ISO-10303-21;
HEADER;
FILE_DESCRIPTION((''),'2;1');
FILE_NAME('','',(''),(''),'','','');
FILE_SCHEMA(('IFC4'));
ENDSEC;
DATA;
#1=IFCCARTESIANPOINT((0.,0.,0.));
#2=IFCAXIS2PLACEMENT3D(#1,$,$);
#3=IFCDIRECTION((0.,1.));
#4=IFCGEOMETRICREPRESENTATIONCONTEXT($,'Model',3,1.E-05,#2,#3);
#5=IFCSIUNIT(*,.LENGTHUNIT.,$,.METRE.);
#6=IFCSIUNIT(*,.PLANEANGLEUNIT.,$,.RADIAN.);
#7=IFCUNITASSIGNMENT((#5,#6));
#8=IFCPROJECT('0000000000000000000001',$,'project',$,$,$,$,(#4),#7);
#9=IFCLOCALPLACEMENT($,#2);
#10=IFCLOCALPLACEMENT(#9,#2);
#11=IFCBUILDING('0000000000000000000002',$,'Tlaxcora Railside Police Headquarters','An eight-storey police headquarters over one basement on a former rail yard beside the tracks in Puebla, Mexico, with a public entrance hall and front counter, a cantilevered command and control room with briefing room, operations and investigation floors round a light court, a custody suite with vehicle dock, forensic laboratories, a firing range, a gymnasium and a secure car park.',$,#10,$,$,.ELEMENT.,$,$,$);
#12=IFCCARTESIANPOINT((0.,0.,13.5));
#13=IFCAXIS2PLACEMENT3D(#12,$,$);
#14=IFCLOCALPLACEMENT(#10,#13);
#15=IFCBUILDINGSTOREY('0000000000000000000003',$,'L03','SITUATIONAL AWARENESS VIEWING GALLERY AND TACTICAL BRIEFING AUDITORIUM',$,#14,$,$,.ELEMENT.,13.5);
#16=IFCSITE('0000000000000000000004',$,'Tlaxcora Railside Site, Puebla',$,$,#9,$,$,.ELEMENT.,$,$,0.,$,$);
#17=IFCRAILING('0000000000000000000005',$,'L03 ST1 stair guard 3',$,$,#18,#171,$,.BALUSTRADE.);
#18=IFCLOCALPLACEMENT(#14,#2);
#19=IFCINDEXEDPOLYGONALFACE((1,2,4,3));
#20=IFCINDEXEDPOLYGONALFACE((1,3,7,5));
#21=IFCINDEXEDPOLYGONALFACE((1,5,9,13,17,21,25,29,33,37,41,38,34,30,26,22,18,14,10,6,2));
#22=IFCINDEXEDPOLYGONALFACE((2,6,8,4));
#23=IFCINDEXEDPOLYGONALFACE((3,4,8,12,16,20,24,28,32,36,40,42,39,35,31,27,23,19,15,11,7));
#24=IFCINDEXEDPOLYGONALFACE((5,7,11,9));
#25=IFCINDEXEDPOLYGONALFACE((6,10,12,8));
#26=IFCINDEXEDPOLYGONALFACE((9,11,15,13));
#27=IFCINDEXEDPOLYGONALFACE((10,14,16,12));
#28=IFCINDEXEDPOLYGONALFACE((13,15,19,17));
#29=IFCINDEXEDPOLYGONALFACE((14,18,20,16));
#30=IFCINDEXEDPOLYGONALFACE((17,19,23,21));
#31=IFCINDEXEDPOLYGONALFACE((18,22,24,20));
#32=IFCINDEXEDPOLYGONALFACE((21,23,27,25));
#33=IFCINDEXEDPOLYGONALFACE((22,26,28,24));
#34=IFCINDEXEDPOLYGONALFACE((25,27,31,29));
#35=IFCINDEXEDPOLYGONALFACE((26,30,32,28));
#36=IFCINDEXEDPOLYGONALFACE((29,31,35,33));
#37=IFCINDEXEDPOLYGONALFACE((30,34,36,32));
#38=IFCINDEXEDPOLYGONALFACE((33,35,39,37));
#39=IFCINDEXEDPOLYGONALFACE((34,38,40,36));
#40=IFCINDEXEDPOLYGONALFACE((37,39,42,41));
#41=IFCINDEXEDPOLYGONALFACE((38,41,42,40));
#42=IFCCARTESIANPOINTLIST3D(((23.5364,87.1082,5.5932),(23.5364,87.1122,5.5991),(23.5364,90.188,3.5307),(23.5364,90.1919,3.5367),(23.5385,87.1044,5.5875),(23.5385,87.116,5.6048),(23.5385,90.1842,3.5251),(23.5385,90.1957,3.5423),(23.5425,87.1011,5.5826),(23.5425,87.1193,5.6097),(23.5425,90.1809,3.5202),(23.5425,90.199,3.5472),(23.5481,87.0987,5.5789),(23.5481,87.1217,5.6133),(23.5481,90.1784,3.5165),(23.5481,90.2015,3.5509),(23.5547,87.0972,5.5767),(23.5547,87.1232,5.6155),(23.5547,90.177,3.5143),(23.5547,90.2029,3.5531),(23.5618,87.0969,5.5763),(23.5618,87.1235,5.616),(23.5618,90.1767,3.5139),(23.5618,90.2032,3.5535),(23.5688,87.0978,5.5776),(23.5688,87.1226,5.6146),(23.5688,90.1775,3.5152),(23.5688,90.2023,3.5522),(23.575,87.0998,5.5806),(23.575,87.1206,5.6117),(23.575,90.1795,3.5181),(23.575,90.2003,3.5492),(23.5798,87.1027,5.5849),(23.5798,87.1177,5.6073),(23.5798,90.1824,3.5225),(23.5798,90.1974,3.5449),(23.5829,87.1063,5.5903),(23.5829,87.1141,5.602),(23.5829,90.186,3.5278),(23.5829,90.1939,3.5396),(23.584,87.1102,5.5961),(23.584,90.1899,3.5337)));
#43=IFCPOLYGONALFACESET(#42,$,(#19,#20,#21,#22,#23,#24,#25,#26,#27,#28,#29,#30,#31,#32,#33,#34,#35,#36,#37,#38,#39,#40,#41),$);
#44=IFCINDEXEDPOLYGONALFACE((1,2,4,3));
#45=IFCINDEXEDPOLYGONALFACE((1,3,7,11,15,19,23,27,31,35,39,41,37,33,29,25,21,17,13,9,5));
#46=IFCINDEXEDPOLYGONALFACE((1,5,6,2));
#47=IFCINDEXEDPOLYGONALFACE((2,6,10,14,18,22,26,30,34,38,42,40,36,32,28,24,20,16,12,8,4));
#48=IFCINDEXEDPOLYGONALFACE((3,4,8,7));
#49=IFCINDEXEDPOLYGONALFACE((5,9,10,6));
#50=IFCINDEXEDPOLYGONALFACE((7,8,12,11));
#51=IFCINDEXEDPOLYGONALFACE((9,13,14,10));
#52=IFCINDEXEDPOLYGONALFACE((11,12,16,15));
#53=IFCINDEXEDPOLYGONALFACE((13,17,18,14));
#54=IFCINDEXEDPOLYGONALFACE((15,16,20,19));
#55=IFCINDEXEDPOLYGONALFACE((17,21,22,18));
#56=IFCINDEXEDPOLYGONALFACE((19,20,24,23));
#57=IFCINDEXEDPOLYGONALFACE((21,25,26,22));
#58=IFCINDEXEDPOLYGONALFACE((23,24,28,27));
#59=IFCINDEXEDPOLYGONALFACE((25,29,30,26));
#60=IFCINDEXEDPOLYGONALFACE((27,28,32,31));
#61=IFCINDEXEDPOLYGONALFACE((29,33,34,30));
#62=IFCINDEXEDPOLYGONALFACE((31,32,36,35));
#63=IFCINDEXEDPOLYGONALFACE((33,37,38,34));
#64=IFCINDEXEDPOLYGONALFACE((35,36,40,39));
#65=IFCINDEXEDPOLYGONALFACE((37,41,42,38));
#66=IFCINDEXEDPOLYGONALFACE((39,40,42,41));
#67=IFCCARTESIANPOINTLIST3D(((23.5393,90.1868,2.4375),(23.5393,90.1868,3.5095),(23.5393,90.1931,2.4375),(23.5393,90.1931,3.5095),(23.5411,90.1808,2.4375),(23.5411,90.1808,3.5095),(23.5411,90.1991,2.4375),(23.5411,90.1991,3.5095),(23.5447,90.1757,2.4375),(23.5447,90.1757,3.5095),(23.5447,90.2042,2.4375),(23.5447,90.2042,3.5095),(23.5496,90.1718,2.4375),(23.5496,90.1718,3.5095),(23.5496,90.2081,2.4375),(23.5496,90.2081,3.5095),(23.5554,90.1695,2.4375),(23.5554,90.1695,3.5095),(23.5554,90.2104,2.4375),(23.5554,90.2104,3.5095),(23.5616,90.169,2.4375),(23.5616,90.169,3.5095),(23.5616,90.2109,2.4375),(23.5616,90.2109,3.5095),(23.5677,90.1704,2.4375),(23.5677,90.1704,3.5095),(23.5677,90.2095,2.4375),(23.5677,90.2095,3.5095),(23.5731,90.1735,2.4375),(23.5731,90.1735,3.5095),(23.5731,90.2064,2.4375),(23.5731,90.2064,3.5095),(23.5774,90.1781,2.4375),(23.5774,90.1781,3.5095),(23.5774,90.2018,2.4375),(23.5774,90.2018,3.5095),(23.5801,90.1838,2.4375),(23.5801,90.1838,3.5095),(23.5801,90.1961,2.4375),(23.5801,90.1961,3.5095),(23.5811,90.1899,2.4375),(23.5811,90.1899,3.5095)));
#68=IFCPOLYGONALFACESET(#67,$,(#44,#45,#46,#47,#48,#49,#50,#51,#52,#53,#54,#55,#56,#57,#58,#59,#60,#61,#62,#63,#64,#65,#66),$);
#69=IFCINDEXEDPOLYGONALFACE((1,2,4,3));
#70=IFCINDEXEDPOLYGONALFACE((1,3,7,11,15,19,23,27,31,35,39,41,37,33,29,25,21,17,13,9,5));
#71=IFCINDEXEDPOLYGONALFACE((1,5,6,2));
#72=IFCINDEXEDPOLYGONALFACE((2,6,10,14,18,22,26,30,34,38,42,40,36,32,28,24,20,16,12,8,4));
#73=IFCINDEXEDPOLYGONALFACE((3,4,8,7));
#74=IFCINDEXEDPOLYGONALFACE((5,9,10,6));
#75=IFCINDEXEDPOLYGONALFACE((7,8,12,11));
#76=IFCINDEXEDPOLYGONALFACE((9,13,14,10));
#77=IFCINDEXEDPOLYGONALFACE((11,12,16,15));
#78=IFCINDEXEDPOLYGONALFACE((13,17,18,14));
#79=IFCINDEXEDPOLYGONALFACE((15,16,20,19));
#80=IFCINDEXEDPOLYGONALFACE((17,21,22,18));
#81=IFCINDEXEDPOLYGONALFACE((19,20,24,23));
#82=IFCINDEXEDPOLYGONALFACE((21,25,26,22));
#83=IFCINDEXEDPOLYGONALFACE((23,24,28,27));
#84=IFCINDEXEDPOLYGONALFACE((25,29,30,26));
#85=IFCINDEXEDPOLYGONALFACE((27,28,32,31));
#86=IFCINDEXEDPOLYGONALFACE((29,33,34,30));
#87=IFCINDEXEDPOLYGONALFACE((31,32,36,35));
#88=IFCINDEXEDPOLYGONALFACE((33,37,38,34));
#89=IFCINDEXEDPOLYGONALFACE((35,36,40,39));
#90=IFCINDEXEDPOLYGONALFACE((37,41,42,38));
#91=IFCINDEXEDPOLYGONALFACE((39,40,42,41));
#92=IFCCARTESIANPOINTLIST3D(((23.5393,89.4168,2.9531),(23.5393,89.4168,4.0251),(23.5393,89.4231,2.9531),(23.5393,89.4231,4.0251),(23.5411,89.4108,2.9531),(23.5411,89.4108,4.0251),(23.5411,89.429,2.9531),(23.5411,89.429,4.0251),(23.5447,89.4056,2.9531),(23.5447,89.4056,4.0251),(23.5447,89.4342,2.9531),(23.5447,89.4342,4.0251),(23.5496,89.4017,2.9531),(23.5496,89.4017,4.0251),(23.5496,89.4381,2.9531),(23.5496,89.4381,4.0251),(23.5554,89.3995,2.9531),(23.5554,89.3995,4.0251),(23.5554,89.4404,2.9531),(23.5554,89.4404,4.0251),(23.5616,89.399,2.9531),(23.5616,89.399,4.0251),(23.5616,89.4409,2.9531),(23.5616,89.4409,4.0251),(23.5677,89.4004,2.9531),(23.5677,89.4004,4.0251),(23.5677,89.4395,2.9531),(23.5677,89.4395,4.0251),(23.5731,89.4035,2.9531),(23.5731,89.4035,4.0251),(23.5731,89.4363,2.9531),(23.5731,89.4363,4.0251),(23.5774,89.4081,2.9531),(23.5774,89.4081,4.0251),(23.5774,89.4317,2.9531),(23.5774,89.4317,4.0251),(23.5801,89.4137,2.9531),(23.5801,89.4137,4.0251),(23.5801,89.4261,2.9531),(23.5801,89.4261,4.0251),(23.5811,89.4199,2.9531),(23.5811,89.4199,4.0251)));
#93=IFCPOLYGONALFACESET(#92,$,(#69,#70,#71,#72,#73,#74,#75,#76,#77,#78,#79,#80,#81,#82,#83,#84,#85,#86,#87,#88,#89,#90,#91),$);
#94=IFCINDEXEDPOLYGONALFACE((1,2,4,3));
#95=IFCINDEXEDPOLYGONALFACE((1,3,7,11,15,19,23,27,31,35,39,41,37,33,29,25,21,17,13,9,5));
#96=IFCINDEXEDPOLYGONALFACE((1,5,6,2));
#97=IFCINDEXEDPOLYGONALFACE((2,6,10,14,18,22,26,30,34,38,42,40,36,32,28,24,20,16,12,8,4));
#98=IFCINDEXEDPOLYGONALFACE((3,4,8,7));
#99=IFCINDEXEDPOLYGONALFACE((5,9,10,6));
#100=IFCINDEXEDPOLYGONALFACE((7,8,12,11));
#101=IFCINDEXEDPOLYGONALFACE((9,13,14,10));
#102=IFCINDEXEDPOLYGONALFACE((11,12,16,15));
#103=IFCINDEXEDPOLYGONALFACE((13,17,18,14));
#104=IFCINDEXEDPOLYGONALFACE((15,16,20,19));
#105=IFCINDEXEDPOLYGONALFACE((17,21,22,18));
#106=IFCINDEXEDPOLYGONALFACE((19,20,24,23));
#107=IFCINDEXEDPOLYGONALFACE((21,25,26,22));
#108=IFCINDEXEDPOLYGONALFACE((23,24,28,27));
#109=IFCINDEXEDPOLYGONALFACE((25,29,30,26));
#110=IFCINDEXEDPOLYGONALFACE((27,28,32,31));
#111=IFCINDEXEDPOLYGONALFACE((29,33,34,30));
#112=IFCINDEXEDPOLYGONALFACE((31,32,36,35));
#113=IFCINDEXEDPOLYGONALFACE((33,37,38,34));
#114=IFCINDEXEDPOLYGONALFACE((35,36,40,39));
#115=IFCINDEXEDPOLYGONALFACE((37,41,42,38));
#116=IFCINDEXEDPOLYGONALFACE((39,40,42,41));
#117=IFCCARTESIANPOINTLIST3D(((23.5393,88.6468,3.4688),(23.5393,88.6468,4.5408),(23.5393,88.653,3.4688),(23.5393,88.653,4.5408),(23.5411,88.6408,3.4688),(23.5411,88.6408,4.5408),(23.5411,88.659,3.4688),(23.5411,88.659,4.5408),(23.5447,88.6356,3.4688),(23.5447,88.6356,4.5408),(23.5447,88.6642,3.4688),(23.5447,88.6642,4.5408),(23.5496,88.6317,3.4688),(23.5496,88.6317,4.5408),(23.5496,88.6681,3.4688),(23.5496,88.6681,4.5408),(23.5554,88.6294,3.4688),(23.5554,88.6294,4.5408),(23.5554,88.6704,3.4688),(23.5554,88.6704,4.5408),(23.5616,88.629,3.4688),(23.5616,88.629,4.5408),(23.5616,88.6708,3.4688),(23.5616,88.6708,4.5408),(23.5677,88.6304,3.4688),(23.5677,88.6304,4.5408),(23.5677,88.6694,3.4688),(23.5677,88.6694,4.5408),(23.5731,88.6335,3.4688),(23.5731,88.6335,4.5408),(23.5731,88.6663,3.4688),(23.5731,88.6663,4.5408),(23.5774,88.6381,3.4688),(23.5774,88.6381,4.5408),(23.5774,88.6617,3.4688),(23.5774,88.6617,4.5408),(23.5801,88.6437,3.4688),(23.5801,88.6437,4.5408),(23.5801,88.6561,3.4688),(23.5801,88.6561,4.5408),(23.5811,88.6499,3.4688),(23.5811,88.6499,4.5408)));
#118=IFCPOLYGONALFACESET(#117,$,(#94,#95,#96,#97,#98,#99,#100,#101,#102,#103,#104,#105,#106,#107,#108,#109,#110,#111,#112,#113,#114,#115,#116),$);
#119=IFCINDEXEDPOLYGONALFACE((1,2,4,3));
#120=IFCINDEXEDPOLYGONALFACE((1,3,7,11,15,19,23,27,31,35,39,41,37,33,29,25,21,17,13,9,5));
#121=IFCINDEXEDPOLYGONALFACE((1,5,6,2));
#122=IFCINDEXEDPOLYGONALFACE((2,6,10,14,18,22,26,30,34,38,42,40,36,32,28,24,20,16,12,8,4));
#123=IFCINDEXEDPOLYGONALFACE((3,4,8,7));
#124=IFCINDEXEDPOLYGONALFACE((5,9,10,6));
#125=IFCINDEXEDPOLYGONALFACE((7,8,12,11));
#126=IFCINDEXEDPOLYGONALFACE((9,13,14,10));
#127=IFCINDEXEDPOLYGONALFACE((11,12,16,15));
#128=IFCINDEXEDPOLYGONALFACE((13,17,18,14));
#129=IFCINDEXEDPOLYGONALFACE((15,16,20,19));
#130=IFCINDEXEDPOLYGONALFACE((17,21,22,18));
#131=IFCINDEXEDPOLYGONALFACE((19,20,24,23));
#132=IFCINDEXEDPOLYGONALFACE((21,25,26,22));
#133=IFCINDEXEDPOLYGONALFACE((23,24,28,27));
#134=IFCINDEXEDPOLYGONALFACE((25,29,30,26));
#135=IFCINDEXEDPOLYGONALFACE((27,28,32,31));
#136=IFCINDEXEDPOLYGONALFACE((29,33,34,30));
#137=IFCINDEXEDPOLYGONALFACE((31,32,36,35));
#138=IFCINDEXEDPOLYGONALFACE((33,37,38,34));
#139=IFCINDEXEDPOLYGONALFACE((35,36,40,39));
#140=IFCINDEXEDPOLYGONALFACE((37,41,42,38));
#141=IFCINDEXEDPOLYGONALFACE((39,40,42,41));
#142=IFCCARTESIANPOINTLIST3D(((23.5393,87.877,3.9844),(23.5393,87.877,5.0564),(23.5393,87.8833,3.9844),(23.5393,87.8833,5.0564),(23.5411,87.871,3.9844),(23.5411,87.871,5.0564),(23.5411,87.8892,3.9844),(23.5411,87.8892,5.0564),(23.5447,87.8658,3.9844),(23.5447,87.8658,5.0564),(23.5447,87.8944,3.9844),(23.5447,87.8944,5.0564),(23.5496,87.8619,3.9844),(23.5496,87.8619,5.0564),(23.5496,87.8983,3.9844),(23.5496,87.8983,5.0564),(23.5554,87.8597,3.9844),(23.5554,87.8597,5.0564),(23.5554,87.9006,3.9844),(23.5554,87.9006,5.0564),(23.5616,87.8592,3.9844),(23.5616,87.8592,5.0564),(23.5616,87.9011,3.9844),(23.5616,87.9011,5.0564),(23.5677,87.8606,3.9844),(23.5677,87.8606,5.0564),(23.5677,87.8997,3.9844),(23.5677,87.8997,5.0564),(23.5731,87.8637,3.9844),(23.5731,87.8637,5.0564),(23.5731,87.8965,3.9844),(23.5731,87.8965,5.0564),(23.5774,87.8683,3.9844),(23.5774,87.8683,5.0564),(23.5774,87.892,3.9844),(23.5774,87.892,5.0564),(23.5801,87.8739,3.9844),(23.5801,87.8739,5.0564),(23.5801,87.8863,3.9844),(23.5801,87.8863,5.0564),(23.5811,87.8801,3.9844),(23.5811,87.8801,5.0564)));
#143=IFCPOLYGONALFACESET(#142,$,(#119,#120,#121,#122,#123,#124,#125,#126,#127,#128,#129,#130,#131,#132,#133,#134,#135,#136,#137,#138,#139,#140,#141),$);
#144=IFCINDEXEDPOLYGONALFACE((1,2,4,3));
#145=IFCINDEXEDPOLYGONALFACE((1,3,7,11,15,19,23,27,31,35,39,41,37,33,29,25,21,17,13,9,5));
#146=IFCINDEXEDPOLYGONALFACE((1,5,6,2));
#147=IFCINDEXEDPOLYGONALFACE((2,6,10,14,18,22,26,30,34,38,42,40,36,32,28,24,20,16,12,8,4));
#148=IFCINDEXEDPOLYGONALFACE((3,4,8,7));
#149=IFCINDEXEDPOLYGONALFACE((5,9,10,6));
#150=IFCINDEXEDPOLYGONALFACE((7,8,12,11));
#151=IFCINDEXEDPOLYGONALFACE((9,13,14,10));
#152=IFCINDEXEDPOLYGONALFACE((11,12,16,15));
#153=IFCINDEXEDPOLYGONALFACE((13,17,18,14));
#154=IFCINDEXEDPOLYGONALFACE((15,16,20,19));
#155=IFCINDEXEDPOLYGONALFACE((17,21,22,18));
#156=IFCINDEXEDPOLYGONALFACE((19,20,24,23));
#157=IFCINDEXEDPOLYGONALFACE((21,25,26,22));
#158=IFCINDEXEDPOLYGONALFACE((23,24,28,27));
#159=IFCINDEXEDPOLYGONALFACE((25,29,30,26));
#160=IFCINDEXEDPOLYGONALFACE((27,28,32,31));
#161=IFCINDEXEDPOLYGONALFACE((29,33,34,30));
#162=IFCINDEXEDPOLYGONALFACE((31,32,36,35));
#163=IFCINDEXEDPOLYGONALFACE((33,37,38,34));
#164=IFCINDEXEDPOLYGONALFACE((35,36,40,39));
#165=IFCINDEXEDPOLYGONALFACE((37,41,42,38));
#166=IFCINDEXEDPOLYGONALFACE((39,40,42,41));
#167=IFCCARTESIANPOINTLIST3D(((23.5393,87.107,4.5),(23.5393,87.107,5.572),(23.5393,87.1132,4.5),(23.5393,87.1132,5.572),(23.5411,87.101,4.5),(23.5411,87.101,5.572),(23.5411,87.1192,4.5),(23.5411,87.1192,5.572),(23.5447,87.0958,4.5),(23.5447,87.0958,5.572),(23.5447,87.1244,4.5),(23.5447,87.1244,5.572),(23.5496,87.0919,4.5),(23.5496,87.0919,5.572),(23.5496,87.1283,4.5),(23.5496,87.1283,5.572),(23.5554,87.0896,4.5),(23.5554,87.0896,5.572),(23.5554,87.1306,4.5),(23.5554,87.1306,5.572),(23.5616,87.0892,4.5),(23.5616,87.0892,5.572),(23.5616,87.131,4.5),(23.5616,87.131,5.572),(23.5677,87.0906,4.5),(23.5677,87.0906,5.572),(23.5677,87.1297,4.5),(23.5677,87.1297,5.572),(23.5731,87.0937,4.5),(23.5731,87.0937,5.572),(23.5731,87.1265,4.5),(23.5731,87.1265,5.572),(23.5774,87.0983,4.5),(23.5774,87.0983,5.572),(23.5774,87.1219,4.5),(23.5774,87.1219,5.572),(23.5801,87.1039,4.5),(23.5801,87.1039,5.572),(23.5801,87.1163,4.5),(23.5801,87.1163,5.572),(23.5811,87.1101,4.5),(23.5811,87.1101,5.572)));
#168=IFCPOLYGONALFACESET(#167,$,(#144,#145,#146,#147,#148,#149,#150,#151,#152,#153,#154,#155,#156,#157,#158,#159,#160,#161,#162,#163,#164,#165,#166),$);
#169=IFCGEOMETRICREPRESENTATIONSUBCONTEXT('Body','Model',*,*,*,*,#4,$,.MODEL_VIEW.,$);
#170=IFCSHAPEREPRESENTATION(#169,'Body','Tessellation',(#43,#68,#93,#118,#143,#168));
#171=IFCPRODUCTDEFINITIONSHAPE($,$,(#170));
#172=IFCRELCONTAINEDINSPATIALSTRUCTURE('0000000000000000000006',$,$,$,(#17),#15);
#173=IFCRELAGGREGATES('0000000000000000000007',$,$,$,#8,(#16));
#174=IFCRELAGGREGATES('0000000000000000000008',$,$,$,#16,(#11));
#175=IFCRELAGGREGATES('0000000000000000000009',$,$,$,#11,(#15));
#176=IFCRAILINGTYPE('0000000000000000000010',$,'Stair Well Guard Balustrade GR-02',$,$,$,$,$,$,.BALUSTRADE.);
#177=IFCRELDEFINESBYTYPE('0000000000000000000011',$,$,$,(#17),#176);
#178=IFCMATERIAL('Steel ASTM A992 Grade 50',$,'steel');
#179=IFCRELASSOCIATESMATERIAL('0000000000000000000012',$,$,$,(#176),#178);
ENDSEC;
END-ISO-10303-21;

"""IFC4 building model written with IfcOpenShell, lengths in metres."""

from ifc_helpers import new_model, si_unit, direction, frame, origin, origin_2d, place, context, subcontext, project, spatial, circle, extrude, material, type_object, element, save


model = new_model("IFC4")

# Units and contexts
model_context = context("Model", 3, precision=1e-05, world=origin(), true_north=direction((0.0, 1.0)))
body_context = subcontext(model_context, "Body", "Model", "MODEL_VIEW")
ifc_project = project(units=[si_unit("LENGTHUNIT", "METRE"), si_unit("PLANEANGLEUNIT", "RADIAN")], contexts=[model_context])

# Site, building, storey
site_placement = place(None, origin())
site = spatial("IfcSite", under=ifc_project, at=site_placement, Name="Tlaxcora Railside Site, Puebla", CompositionType="ELEMENT", RefElevation=0.0)
building_placement = place(site_placement, origin())
building = spatial("IfcBuilding", under=site, at=building_placement, Name="Tlaxcora Railside Police Headquarters", Description="An eight-storey police headquarters over one basement on a former rail yard beside the tracks in Puebla, Mexico, with a public entrance hall and front counter, a cantilevered command and control room with briefing room, operations and investigation floors round a light court, a custody suite with vehicle dock, forensic laboratories, a firing range, a gymnasium and a secure car park.", CompositionType="ELEMENT")
storey_placement = place(building_placement, frame((0.0, 0.0, 13.5)))
storey = spatial("IfcBuildingStorey", under=building, at=storey_placement, Name="L03", Description="SITUATIONAL AWARENESS VIEWING GALLERY AND TACTICAL BRIEFING AUDITORIUM", CompositionType="ELEMENT", Elevation=13.5)

# Shared definitions
ifc_material_1 = material(Name="Steel ASTM A992 Grade 50", Category="steel")

# Railing
railing_type_1 = type_object("IfcRailingType", Name="Stair Well Guard Balustrade GR-02", PredefinedType="BALUSTRADE", material=ifc_material_1)
railing_1_placement = place(storey_placement, frame((23.5601, 90.1899, 2.4375)))
element("IfcRailing", 1, at=railing_1_placement, inside=storey, type_object=railing_type_1, Name="L03 ST1 stair guard 3", PredefinedType="BALUSTRADE", context=body_context, shape_type="SweptSolid", body=[
    extrude(circle(Radius=0.0239, at=origin_2d()), frame((0.0, 0.0, 1.0962), z_axis=(0.0, -0.830893, 0.556432), x_axis=(1.0, 0.0, 0.0)), (0.0, 0.0, 1.0), 3.7065),
    extrude(circle(Radius=0.021, at=origin_2d()), origin(), (0.0, 0.0, 1.0), 1.072),
    extrude(circle(Radius=0.021, at=origin_2d()), frame((0.0, -0.77, 0.5156)), (0.0, 0.0, 1.0), 1.072),
    extrude(circle(Radius=0.021, at=origin_2d()), frame((0.0, -1.54, 1.0312)), (0.0, 0.0, 1.0), 1.072),
    extrude(circle(Radius=0.021, at=origin_2d()), frame((0.0, -2.3098, 1.5469)), (0.0, 0.0, 1.0), 1.072),
    extrude(circle(Radius=0.021, at=origin_2d()), frame((0.0, -3.0798, 2.0625)), (0.0, 0.0, 1.0), 1.072),
])

save(model, "model.ifc")
